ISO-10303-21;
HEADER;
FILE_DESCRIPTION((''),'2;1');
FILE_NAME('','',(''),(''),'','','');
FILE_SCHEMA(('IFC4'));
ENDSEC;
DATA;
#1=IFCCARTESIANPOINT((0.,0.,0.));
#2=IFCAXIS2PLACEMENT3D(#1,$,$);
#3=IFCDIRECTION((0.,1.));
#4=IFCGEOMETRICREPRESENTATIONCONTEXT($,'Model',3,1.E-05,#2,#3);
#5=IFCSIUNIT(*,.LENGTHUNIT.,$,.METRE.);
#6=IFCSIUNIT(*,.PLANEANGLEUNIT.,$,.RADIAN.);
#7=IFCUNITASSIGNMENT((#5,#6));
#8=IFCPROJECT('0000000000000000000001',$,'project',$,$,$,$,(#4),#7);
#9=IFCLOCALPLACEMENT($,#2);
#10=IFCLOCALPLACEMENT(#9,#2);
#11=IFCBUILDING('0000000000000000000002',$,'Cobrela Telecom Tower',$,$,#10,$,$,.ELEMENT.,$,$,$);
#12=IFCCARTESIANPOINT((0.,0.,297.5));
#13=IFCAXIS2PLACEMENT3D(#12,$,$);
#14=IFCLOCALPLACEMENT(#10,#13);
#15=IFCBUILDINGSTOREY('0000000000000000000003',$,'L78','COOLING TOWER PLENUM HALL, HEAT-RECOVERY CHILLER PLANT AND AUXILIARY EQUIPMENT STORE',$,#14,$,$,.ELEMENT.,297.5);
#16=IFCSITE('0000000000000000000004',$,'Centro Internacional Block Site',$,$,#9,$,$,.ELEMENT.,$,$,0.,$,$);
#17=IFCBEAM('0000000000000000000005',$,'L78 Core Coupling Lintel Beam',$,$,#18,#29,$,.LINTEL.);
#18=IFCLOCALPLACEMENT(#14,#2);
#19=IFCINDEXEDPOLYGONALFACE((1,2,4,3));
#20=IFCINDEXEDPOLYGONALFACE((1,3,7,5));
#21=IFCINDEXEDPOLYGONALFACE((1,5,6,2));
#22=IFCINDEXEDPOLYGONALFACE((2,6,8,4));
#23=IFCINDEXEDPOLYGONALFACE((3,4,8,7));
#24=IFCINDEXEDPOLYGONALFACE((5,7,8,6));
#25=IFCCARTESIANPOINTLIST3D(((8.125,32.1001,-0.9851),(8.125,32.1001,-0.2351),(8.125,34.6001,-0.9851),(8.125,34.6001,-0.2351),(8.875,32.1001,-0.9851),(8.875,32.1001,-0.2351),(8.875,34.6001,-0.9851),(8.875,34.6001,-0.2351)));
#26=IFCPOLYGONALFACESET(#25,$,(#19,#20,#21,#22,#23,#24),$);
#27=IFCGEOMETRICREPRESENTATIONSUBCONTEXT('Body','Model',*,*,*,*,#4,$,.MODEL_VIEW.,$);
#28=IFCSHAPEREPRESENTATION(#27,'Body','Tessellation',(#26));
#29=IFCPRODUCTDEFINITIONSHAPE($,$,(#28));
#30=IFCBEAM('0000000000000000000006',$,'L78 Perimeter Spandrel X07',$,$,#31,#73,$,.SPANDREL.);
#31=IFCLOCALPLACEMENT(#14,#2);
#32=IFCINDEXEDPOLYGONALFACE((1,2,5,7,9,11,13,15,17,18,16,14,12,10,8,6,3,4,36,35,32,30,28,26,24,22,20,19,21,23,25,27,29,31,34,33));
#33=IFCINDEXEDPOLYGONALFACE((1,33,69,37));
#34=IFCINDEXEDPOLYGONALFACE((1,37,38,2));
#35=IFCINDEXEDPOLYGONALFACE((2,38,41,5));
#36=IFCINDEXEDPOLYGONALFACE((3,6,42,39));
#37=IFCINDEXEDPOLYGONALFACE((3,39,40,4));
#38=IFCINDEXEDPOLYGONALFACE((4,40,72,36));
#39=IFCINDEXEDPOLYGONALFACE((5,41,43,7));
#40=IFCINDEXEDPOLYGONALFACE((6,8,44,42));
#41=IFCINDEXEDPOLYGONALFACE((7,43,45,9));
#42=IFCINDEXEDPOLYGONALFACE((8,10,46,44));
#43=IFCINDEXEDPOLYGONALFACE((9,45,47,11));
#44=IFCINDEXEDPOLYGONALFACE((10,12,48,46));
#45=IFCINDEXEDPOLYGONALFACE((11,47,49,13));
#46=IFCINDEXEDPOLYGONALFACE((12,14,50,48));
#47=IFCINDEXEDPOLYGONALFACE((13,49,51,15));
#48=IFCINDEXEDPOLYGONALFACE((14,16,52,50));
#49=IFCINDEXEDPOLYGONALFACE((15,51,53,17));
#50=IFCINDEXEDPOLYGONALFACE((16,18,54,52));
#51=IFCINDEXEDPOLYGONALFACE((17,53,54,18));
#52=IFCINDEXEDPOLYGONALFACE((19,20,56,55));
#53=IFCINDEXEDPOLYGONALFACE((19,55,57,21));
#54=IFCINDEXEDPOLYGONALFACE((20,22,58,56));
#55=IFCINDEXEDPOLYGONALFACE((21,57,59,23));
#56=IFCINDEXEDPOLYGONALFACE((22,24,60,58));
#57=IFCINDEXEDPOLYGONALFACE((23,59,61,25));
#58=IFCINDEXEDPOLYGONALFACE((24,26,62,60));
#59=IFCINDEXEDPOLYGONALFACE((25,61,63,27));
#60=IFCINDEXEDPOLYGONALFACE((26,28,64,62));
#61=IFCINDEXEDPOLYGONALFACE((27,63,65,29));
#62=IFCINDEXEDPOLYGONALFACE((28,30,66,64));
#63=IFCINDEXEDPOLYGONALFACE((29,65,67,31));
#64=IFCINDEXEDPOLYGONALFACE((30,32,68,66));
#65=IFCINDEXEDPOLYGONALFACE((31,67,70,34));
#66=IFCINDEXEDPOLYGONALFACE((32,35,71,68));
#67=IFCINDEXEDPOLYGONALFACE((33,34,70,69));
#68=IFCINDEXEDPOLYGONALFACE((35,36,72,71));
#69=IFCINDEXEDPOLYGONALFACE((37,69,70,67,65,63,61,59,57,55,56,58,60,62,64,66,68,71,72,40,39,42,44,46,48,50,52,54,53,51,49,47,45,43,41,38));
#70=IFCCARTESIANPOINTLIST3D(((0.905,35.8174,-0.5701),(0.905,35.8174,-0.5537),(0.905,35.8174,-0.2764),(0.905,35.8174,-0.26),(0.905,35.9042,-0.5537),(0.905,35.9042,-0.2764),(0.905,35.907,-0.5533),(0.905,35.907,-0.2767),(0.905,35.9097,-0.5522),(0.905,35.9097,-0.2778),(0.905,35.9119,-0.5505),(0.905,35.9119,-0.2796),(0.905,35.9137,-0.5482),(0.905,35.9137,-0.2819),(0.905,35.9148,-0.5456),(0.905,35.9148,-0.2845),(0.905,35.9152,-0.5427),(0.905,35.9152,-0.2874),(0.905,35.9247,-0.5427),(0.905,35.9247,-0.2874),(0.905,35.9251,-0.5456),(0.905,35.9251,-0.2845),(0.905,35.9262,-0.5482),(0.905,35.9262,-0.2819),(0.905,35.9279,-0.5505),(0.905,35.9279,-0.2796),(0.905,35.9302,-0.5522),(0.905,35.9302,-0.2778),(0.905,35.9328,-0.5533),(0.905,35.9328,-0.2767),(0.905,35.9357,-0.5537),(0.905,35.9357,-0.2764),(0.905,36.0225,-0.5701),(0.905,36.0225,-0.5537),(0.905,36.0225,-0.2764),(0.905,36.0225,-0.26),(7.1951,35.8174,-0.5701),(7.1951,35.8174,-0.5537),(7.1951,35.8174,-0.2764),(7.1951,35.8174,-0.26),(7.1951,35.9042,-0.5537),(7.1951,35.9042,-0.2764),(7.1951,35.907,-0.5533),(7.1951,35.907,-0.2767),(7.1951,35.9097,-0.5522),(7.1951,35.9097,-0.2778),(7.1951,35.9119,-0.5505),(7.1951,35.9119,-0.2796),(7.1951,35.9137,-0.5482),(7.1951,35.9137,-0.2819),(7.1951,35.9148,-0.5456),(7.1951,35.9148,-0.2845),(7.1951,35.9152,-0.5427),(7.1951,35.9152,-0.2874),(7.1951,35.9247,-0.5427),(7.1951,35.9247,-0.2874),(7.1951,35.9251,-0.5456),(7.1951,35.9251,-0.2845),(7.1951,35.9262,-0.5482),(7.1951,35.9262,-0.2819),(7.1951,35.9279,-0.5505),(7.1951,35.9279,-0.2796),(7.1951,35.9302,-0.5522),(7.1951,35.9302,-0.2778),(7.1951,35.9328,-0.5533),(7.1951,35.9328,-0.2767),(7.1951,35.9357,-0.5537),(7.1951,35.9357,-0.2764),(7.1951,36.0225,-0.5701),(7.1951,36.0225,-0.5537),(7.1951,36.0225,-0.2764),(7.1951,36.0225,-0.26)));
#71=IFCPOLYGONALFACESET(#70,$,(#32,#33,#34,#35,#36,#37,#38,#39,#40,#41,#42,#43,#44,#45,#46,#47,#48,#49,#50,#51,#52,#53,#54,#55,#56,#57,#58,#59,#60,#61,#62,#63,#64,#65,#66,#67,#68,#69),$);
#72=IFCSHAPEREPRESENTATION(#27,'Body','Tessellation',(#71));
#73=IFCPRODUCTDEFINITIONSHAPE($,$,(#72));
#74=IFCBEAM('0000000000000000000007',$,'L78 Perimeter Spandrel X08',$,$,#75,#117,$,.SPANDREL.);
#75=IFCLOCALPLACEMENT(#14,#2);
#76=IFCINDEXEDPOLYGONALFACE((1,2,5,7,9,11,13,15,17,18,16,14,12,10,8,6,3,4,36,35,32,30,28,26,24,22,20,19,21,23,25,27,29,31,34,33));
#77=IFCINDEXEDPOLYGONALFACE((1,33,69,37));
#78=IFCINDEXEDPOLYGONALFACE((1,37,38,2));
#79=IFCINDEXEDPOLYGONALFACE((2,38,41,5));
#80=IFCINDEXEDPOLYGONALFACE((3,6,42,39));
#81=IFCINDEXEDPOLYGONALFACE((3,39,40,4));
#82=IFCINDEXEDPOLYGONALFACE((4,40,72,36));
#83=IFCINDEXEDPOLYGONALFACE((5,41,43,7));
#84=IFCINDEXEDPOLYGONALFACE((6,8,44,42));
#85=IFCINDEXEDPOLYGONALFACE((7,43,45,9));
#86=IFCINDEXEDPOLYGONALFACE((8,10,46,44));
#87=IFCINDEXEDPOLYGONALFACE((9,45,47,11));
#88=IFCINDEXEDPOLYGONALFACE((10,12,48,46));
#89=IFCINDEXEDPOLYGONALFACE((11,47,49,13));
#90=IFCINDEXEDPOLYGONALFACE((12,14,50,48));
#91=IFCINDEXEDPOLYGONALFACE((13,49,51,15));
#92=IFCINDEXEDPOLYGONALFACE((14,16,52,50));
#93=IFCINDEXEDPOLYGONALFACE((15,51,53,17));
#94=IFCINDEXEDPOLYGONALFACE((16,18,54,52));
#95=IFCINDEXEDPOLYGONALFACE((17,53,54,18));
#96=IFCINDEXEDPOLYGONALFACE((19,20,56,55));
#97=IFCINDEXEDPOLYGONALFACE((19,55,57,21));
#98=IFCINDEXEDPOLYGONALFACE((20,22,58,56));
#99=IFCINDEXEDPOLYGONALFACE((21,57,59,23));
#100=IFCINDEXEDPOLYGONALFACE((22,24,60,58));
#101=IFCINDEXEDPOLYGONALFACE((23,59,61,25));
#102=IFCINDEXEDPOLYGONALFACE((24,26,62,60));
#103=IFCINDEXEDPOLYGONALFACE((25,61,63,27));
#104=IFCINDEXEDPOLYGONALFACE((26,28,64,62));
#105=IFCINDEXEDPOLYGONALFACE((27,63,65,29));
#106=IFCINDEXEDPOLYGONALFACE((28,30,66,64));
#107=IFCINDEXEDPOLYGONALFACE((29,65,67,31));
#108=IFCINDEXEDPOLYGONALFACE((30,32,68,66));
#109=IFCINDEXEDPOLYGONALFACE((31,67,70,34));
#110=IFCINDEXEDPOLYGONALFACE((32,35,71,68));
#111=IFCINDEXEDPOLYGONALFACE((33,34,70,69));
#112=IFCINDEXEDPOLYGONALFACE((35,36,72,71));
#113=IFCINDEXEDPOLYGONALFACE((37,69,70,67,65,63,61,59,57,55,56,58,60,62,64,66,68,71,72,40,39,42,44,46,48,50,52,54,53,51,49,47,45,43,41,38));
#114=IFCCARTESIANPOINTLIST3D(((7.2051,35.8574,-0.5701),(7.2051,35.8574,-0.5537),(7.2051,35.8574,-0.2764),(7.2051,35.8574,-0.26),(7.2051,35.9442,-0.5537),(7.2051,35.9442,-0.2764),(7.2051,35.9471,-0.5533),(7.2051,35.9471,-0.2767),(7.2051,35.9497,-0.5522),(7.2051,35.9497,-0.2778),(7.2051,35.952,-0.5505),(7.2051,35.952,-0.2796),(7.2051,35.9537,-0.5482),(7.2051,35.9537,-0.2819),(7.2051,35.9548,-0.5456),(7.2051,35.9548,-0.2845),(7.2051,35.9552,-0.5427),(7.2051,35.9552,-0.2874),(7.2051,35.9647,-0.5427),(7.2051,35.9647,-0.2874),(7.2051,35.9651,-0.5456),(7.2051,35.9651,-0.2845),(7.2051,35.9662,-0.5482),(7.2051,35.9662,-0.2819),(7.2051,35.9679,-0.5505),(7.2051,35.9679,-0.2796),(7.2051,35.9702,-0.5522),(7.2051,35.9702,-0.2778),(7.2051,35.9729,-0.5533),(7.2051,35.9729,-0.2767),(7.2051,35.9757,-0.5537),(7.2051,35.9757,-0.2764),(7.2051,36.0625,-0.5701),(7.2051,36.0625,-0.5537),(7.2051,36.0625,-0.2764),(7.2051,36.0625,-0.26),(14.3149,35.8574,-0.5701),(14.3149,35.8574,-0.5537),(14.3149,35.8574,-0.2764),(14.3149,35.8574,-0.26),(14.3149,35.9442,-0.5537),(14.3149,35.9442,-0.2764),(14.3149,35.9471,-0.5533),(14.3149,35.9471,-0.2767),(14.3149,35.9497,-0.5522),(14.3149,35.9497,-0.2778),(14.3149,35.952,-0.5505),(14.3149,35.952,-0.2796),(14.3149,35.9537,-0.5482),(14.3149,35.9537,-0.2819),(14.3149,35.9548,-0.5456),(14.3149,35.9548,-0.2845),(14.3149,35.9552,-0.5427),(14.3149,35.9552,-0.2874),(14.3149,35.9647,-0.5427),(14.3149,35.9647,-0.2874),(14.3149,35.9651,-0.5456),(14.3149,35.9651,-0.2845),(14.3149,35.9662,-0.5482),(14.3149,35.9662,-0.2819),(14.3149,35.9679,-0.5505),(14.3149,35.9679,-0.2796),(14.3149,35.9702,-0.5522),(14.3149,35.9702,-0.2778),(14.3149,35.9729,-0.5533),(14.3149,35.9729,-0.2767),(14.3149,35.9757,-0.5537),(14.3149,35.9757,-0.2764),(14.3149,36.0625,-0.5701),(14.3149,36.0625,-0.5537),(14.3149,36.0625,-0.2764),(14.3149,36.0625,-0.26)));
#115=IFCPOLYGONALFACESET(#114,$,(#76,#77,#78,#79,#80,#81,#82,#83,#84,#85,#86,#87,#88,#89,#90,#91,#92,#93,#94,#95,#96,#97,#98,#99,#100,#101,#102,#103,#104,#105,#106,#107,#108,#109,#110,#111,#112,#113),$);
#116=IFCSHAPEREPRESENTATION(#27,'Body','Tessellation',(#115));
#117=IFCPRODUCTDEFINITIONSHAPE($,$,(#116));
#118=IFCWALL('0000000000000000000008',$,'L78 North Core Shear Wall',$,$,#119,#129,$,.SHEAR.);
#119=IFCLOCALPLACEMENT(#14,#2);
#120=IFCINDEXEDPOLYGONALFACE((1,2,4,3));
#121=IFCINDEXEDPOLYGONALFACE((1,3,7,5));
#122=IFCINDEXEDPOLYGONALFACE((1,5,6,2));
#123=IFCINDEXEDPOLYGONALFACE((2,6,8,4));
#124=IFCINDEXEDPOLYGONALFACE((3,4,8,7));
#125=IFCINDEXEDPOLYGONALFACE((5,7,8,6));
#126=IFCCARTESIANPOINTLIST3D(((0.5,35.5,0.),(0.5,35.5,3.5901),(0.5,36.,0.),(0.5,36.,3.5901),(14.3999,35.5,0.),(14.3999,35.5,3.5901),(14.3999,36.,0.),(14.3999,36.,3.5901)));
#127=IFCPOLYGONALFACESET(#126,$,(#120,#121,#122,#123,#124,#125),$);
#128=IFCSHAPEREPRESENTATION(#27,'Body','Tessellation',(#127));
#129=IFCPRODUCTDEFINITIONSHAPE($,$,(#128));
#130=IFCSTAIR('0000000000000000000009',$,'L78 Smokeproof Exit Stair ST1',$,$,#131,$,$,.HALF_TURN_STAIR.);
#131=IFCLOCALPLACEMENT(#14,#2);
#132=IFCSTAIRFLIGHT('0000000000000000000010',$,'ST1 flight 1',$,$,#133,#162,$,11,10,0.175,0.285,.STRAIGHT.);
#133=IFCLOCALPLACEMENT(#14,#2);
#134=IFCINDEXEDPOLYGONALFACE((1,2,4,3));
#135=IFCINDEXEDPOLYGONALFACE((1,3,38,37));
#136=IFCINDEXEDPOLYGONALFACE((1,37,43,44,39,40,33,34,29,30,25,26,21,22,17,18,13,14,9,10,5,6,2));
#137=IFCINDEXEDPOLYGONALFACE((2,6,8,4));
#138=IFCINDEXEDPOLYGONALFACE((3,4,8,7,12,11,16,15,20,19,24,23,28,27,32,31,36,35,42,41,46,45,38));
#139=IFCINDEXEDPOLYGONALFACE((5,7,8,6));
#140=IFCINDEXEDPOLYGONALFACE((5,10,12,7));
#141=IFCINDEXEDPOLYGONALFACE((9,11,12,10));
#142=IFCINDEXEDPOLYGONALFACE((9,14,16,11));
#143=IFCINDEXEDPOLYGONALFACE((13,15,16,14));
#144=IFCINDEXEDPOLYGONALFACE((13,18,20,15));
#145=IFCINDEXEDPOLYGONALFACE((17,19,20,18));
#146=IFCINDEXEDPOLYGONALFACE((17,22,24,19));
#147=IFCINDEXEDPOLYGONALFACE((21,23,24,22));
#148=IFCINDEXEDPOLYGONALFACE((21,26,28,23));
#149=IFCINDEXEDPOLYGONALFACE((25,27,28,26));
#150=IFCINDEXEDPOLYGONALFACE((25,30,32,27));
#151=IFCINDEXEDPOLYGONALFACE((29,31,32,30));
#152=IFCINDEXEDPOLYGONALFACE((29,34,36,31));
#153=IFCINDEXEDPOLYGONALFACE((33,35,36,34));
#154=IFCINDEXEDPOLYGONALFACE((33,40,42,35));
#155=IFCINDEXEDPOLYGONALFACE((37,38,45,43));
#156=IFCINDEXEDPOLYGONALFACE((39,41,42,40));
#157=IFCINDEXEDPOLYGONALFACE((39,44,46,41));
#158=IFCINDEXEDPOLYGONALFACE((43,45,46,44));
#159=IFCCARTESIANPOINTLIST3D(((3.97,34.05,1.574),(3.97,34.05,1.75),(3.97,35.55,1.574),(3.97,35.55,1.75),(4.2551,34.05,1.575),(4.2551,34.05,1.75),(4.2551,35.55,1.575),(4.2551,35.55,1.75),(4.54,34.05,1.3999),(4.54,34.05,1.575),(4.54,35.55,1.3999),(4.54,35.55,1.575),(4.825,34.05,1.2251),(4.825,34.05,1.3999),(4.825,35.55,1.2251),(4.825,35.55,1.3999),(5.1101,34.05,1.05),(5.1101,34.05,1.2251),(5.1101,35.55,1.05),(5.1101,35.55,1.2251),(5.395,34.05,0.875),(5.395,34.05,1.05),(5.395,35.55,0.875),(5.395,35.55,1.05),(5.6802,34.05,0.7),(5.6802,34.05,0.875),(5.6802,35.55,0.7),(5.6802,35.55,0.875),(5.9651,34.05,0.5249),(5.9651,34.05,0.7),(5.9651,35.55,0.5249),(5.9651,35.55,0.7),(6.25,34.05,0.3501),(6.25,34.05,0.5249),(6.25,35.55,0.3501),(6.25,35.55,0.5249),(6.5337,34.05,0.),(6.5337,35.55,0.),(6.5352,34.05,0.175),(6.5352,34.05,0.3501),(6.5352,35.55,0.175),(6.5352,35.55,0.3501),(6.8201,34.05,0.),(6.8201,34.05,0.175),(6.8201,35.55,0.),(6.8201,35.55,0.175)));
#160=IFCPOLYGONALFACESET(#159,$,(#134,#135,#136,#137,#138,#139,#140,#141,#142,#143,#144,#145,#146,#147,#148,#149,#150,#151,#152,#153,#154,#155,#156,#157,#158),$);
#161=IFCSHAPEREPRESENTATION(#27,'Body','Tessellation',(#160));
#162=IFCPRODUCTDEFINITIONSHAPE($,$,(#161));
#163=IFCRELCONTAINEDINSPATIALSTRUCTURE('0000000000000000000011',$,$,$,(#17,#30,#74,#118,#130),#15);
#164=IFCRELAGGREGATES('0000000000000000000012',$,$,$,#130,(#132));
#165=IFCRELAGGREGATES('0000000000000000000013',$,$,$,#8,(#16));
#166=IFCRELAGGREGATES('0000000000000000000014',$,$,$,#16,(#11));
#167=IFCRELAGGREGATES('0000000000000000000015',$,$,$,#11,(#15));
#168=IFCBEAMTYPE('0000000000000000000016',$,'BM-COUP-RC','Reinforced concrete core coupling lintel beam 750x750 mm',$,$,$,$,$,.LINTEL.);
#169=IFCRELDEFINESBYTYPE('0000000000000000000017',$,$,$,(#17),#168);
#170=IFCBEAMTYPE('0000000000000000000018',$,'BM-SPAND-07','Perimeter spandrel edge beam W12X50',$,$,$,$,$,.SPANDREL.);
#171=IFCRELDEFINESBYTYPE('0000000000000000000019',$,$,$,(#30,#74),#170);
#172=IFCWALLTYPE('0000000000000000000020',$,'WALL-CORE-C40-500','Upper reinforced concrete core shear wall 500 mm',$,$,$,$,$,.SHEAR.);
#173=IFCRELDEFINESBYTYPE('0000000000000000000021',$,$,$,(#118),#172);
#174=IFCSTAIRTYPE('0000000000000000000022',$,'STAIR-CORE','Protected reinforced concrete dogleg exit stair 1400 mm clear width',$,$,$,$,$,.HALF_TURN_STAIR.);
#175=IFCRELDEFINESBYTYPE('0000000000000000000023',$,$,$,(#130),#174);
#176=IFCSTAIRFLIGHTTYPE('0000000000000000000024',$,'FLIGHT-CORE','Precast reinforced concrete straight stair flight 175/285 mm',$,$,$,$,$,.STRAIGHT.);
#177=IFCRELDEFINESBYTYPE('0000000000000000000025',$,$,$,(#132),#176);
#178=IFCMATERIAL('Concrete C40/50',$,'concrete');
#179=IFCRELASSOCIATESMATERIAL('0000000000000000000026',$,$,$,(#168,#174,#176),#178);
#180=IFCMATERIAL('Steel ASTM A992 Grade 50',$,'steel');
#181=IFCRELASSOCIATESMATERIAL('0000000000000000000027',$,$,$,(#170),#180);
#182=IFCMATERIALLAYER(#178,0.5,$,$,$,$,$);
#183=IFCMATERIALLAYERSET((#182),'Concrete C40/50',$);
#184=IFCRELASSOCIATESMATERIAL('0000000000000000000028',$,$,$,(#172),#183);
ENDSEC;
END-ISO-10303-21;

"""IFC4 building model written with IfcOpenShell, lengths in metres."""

from ifc_helpers import new_model, si_unit, direction, frame, frame_2d, origin, origin_2d, place, context, subcontext, project, spatial, polyline, rectangle, i_section, outline, extrude, material, layer, layer_set, material_profile, profile_set, type_object, element, aggregate, save


model = new_model("IFC4")

# Units and contexts
model_context = context("Model", 3, precision=1e-05, world=origin(), true_north=direction((0.0, 1.0)))
body_context = subcontext(model_context, "Body", "Model", "MODEL_VIEW")
ifc_project = project(units=[si_unit("LENGTHUNIT", "METRE"), si_unit("PLANEANGLEUNIT", "RADIAN")], contexts=[model_context])

# Site, building, storey
site_placement = place(None, origin())
site = spatial("IfcSite", under=ifc_project, at=site_placement, Name="Centro Internacional Block Site", CompositionType="ELEMENT", RefElevation=0.0)
building_placement = place(site_placement, origin())
building = spatial("IfcBuilding", under=site, at=building_placement, Name="Cobrela Telecom Tower", CompositionType="ELEMENT")
storey_placement = place(building_placement, frame((0.0, 0.0, 297.5)))
storey = spatial("IfcBuildingStorey", under=building, at=storey_placement, Name="L78", Description="COOLING TOWER PLENUM HALL, HEAT-RECOVERY CHILLER PLANT AND AUXILIARY EQUIPMENT STORE", CompositionType="ELEMENT", Elevation=297.5)

# Beams
ifc_material_1 = material(Name="Concrete C40/50", Category="concrete")
ifc_material_profile_1 = material_profile(ifc_material_1, rectangle(XDim=0.75, YDim=0.75, at=origin_2d()), Name="RC 750x750")
ifc_profile_set_1 = profile_set([ifc_material_profile_1], Name="Concrete C40/50")
beam_type_1 = type_object("IfcBeamType", Name="BM-COUP-RC", Description="Reinforced concrete core coupling lintel beam 750x750 mm", PredefinedType="LINTEL", material=ifc_profile_set_1)
beam_1_placement = place(storey_placement, frame((8.5, 32.1001, -0.6101), z_axis=(0.0, 1.0, 0.0), x_axis=(-1.0, 0.0, 0.0)))
element("IfcBeam", 1, at=beam_1_placement, inside=storey, type_object=beam_type_1, Name="L78 Core Coupling Lintel Beam", PredefinedType="LINTEL", context=body_context, shape_type="SweptSolid", body=[
    extrude(rectangle(XDim=0.75, YDim=0.75, at=origin_2d()), origin(), (0.0, 0.0, 1.0), 2.5),
])
ifc_material_2 = material(Name="Steel ASTM A992 Grade 50", Category="steel")
ifc_material_profile_2 = material_profile(ifc_material_2, i_section(OverallWidth=0.2051, OverallDepth=0.3101, WebThickness=0.0095, FlangeThickness=0.0164, FilletRadius=0.011, at=origin_2d()), Name="W12X50")
ifc_profile_set_2 = profile_set([ifc_material_profile_2], Name="Steel ASTM A992 Grade 50")
beam_type_2 = type_object("IfcBeamType", Name="BM-SPAND-07", Description="Perimeter spandrel edge beam W12X50", PredefinedType="SPANDREL", material=ifc_profile_set_2)
beam_2_placement = place(storey_placement, frame((0.905, 35.9199, -0.415), z_axis=(1.0, 0.0, 0.0), x_axis=(0.0, 1.0, 0.0)))
element("IfcBeam", 2, at=beam_2_placement, inside=storey, type_object=beam_type_2, Name="L78 Perimeter Spandrel X07", PredefinedType="SPANDREL", context=body_context, shape_type="SweptSolid", body=[
    extrude(i_section(OverallWidth=0.2051, OverallDepth=0.3101, WebThickness=0.0095, FlangeThickness=0.0164, FilletRadius=0.011, at=origin_2d()), origin(), (0.0, 0.0, 1.0), 6.29),
])
beam_3_placement = place(storey_placement, frame((7.2051, 35.96, -0.415), z_axis=(1.0, 0.0, 0.0), x_axis=(0.0, 1.0, 0.0)))
element("IfcBeam", 3, at=beam_3_placement, inside=storey, type_object=beam_type_2, Name="L78 Perimeter Spandrel X08", PredefinedType="SPANDREL", context=body_context, shape_type="SweptSolid", body=[
    extrude(i_section(OverallWidth=0.2051, OverallDepth=0.3101, WebThickness=0.0095, FlangeThickness=0.0164, FilletRadius=0.011, at=origin_2d()), origin(), (0.0, 0.0, 1.0), 7.1099),
])

# Wall
ifc_layer = layer(ifc_material_1, 0.5)
ifc_layer_set = layer_set([ifc_layer], Name="Concrete C40/50")
wall_type = type_object("IfcWallType", Name="WALL-CORE-C40-500", Description="Upper reinforced concrete core shear wall 500 mm", PredefinedType="SHEAR", material=ifc_layer_set)
wall_1_placement = place(storey_placement, frame((0.5, 35.75, 0.0), z_axis=(0.0, 0.0, 1.0), x_axis=(1.0, 0.0, 0.0)))
element("IfcWall", 4, at=wall_1_placement, inside=storey, type_object=wall_type, Name="L78 North Core Shear Wall", PredefinedType="SHEAR", context=body_context, shape_type="SweptSolid", body=[
    extrude(rectangle(XDim=13.8999, YDim=0.5, at=frame_2d((6.95, 0.0))), origin(), (0.0, 0.0, 1.0), 3.5901),
])

# Stair, stair flight
stair_type = type_object("IfcStairType", Name="STAIR-CORE", Description="Protected reinforced concrete dogleg exit stair 1400 mm clear width", PredefinedType="HALF_TURN_STAIR", material=ifc_material_1)
stair_placement = place(storey_placement, origin())
stair = element("IfcStair", 5, at=stair_placement, inside=storey, type_object=stair_type, Name="L78 Smokeproof Exit Stair ST1", PredefinedType="HALF_TURN_STAIR")
stair_flight_type = type_object("IfcStairFlightType", Name="FLIGHT-CORE", Description="Precast reinforced concrete straight stair flight 175/285 mm", PredefinedType="STRAIGHT", material=ifc_material_1)
stair_flight_1_placement = place(storey_placement, frame((6.8201, 34.8, 0.0), z_axis=(0.0, 0.0, 1.0), x_axis=(-1.0, 0.0, 0.0)))
stair_flight_1 = element("IfcStairFlight", 6, at=stair_flight_1_placement, type_object=stair_flight_type, Name="ST1 flight 1", NumberOfRisers=11, NumberOfTreads=10, PredefinedType="STRAIGHT", RiserHeight=0.175, TreadLength=0.285, context=body_context, shape_type="SweptSolid", body=[
    extrude(outline(polyline([(0.0, 0.0), (0.0, 0.175), (0.2849, 0.175), (0.2849, 0.3501), (0.5701, 0.3501), (0.5701, 0.5249), (0.855, 0.5249), (0.855, 0.7), (1.1399, 0.7), (1.1399, 0.875), (1.425, 0.875), (1.425, 1.05), (1.71, 1.05), (1.71, 1.2251), (1.9951, 1.2251), (1.9951, 1.3999), (2.28, 1.3999), (2.28, 1.575), (2.5649, 1.575), (2.5649, 1.75), (2.8501, 1.75), (2.8501, 1.925), (2.8501, 1.574), (0.2864, 0.0), (0.0, 0.0)])), frame((0.0, 0.75, 0.0), z_axis=(0.0, -1.0, 0.0), x_axis=(1.0, 0.0, 0.0)), (0.0, 0.0, 1.0), 1.5),
])
aggregate(stair, [stair_flight_1])

save(model, "model.ifc")
